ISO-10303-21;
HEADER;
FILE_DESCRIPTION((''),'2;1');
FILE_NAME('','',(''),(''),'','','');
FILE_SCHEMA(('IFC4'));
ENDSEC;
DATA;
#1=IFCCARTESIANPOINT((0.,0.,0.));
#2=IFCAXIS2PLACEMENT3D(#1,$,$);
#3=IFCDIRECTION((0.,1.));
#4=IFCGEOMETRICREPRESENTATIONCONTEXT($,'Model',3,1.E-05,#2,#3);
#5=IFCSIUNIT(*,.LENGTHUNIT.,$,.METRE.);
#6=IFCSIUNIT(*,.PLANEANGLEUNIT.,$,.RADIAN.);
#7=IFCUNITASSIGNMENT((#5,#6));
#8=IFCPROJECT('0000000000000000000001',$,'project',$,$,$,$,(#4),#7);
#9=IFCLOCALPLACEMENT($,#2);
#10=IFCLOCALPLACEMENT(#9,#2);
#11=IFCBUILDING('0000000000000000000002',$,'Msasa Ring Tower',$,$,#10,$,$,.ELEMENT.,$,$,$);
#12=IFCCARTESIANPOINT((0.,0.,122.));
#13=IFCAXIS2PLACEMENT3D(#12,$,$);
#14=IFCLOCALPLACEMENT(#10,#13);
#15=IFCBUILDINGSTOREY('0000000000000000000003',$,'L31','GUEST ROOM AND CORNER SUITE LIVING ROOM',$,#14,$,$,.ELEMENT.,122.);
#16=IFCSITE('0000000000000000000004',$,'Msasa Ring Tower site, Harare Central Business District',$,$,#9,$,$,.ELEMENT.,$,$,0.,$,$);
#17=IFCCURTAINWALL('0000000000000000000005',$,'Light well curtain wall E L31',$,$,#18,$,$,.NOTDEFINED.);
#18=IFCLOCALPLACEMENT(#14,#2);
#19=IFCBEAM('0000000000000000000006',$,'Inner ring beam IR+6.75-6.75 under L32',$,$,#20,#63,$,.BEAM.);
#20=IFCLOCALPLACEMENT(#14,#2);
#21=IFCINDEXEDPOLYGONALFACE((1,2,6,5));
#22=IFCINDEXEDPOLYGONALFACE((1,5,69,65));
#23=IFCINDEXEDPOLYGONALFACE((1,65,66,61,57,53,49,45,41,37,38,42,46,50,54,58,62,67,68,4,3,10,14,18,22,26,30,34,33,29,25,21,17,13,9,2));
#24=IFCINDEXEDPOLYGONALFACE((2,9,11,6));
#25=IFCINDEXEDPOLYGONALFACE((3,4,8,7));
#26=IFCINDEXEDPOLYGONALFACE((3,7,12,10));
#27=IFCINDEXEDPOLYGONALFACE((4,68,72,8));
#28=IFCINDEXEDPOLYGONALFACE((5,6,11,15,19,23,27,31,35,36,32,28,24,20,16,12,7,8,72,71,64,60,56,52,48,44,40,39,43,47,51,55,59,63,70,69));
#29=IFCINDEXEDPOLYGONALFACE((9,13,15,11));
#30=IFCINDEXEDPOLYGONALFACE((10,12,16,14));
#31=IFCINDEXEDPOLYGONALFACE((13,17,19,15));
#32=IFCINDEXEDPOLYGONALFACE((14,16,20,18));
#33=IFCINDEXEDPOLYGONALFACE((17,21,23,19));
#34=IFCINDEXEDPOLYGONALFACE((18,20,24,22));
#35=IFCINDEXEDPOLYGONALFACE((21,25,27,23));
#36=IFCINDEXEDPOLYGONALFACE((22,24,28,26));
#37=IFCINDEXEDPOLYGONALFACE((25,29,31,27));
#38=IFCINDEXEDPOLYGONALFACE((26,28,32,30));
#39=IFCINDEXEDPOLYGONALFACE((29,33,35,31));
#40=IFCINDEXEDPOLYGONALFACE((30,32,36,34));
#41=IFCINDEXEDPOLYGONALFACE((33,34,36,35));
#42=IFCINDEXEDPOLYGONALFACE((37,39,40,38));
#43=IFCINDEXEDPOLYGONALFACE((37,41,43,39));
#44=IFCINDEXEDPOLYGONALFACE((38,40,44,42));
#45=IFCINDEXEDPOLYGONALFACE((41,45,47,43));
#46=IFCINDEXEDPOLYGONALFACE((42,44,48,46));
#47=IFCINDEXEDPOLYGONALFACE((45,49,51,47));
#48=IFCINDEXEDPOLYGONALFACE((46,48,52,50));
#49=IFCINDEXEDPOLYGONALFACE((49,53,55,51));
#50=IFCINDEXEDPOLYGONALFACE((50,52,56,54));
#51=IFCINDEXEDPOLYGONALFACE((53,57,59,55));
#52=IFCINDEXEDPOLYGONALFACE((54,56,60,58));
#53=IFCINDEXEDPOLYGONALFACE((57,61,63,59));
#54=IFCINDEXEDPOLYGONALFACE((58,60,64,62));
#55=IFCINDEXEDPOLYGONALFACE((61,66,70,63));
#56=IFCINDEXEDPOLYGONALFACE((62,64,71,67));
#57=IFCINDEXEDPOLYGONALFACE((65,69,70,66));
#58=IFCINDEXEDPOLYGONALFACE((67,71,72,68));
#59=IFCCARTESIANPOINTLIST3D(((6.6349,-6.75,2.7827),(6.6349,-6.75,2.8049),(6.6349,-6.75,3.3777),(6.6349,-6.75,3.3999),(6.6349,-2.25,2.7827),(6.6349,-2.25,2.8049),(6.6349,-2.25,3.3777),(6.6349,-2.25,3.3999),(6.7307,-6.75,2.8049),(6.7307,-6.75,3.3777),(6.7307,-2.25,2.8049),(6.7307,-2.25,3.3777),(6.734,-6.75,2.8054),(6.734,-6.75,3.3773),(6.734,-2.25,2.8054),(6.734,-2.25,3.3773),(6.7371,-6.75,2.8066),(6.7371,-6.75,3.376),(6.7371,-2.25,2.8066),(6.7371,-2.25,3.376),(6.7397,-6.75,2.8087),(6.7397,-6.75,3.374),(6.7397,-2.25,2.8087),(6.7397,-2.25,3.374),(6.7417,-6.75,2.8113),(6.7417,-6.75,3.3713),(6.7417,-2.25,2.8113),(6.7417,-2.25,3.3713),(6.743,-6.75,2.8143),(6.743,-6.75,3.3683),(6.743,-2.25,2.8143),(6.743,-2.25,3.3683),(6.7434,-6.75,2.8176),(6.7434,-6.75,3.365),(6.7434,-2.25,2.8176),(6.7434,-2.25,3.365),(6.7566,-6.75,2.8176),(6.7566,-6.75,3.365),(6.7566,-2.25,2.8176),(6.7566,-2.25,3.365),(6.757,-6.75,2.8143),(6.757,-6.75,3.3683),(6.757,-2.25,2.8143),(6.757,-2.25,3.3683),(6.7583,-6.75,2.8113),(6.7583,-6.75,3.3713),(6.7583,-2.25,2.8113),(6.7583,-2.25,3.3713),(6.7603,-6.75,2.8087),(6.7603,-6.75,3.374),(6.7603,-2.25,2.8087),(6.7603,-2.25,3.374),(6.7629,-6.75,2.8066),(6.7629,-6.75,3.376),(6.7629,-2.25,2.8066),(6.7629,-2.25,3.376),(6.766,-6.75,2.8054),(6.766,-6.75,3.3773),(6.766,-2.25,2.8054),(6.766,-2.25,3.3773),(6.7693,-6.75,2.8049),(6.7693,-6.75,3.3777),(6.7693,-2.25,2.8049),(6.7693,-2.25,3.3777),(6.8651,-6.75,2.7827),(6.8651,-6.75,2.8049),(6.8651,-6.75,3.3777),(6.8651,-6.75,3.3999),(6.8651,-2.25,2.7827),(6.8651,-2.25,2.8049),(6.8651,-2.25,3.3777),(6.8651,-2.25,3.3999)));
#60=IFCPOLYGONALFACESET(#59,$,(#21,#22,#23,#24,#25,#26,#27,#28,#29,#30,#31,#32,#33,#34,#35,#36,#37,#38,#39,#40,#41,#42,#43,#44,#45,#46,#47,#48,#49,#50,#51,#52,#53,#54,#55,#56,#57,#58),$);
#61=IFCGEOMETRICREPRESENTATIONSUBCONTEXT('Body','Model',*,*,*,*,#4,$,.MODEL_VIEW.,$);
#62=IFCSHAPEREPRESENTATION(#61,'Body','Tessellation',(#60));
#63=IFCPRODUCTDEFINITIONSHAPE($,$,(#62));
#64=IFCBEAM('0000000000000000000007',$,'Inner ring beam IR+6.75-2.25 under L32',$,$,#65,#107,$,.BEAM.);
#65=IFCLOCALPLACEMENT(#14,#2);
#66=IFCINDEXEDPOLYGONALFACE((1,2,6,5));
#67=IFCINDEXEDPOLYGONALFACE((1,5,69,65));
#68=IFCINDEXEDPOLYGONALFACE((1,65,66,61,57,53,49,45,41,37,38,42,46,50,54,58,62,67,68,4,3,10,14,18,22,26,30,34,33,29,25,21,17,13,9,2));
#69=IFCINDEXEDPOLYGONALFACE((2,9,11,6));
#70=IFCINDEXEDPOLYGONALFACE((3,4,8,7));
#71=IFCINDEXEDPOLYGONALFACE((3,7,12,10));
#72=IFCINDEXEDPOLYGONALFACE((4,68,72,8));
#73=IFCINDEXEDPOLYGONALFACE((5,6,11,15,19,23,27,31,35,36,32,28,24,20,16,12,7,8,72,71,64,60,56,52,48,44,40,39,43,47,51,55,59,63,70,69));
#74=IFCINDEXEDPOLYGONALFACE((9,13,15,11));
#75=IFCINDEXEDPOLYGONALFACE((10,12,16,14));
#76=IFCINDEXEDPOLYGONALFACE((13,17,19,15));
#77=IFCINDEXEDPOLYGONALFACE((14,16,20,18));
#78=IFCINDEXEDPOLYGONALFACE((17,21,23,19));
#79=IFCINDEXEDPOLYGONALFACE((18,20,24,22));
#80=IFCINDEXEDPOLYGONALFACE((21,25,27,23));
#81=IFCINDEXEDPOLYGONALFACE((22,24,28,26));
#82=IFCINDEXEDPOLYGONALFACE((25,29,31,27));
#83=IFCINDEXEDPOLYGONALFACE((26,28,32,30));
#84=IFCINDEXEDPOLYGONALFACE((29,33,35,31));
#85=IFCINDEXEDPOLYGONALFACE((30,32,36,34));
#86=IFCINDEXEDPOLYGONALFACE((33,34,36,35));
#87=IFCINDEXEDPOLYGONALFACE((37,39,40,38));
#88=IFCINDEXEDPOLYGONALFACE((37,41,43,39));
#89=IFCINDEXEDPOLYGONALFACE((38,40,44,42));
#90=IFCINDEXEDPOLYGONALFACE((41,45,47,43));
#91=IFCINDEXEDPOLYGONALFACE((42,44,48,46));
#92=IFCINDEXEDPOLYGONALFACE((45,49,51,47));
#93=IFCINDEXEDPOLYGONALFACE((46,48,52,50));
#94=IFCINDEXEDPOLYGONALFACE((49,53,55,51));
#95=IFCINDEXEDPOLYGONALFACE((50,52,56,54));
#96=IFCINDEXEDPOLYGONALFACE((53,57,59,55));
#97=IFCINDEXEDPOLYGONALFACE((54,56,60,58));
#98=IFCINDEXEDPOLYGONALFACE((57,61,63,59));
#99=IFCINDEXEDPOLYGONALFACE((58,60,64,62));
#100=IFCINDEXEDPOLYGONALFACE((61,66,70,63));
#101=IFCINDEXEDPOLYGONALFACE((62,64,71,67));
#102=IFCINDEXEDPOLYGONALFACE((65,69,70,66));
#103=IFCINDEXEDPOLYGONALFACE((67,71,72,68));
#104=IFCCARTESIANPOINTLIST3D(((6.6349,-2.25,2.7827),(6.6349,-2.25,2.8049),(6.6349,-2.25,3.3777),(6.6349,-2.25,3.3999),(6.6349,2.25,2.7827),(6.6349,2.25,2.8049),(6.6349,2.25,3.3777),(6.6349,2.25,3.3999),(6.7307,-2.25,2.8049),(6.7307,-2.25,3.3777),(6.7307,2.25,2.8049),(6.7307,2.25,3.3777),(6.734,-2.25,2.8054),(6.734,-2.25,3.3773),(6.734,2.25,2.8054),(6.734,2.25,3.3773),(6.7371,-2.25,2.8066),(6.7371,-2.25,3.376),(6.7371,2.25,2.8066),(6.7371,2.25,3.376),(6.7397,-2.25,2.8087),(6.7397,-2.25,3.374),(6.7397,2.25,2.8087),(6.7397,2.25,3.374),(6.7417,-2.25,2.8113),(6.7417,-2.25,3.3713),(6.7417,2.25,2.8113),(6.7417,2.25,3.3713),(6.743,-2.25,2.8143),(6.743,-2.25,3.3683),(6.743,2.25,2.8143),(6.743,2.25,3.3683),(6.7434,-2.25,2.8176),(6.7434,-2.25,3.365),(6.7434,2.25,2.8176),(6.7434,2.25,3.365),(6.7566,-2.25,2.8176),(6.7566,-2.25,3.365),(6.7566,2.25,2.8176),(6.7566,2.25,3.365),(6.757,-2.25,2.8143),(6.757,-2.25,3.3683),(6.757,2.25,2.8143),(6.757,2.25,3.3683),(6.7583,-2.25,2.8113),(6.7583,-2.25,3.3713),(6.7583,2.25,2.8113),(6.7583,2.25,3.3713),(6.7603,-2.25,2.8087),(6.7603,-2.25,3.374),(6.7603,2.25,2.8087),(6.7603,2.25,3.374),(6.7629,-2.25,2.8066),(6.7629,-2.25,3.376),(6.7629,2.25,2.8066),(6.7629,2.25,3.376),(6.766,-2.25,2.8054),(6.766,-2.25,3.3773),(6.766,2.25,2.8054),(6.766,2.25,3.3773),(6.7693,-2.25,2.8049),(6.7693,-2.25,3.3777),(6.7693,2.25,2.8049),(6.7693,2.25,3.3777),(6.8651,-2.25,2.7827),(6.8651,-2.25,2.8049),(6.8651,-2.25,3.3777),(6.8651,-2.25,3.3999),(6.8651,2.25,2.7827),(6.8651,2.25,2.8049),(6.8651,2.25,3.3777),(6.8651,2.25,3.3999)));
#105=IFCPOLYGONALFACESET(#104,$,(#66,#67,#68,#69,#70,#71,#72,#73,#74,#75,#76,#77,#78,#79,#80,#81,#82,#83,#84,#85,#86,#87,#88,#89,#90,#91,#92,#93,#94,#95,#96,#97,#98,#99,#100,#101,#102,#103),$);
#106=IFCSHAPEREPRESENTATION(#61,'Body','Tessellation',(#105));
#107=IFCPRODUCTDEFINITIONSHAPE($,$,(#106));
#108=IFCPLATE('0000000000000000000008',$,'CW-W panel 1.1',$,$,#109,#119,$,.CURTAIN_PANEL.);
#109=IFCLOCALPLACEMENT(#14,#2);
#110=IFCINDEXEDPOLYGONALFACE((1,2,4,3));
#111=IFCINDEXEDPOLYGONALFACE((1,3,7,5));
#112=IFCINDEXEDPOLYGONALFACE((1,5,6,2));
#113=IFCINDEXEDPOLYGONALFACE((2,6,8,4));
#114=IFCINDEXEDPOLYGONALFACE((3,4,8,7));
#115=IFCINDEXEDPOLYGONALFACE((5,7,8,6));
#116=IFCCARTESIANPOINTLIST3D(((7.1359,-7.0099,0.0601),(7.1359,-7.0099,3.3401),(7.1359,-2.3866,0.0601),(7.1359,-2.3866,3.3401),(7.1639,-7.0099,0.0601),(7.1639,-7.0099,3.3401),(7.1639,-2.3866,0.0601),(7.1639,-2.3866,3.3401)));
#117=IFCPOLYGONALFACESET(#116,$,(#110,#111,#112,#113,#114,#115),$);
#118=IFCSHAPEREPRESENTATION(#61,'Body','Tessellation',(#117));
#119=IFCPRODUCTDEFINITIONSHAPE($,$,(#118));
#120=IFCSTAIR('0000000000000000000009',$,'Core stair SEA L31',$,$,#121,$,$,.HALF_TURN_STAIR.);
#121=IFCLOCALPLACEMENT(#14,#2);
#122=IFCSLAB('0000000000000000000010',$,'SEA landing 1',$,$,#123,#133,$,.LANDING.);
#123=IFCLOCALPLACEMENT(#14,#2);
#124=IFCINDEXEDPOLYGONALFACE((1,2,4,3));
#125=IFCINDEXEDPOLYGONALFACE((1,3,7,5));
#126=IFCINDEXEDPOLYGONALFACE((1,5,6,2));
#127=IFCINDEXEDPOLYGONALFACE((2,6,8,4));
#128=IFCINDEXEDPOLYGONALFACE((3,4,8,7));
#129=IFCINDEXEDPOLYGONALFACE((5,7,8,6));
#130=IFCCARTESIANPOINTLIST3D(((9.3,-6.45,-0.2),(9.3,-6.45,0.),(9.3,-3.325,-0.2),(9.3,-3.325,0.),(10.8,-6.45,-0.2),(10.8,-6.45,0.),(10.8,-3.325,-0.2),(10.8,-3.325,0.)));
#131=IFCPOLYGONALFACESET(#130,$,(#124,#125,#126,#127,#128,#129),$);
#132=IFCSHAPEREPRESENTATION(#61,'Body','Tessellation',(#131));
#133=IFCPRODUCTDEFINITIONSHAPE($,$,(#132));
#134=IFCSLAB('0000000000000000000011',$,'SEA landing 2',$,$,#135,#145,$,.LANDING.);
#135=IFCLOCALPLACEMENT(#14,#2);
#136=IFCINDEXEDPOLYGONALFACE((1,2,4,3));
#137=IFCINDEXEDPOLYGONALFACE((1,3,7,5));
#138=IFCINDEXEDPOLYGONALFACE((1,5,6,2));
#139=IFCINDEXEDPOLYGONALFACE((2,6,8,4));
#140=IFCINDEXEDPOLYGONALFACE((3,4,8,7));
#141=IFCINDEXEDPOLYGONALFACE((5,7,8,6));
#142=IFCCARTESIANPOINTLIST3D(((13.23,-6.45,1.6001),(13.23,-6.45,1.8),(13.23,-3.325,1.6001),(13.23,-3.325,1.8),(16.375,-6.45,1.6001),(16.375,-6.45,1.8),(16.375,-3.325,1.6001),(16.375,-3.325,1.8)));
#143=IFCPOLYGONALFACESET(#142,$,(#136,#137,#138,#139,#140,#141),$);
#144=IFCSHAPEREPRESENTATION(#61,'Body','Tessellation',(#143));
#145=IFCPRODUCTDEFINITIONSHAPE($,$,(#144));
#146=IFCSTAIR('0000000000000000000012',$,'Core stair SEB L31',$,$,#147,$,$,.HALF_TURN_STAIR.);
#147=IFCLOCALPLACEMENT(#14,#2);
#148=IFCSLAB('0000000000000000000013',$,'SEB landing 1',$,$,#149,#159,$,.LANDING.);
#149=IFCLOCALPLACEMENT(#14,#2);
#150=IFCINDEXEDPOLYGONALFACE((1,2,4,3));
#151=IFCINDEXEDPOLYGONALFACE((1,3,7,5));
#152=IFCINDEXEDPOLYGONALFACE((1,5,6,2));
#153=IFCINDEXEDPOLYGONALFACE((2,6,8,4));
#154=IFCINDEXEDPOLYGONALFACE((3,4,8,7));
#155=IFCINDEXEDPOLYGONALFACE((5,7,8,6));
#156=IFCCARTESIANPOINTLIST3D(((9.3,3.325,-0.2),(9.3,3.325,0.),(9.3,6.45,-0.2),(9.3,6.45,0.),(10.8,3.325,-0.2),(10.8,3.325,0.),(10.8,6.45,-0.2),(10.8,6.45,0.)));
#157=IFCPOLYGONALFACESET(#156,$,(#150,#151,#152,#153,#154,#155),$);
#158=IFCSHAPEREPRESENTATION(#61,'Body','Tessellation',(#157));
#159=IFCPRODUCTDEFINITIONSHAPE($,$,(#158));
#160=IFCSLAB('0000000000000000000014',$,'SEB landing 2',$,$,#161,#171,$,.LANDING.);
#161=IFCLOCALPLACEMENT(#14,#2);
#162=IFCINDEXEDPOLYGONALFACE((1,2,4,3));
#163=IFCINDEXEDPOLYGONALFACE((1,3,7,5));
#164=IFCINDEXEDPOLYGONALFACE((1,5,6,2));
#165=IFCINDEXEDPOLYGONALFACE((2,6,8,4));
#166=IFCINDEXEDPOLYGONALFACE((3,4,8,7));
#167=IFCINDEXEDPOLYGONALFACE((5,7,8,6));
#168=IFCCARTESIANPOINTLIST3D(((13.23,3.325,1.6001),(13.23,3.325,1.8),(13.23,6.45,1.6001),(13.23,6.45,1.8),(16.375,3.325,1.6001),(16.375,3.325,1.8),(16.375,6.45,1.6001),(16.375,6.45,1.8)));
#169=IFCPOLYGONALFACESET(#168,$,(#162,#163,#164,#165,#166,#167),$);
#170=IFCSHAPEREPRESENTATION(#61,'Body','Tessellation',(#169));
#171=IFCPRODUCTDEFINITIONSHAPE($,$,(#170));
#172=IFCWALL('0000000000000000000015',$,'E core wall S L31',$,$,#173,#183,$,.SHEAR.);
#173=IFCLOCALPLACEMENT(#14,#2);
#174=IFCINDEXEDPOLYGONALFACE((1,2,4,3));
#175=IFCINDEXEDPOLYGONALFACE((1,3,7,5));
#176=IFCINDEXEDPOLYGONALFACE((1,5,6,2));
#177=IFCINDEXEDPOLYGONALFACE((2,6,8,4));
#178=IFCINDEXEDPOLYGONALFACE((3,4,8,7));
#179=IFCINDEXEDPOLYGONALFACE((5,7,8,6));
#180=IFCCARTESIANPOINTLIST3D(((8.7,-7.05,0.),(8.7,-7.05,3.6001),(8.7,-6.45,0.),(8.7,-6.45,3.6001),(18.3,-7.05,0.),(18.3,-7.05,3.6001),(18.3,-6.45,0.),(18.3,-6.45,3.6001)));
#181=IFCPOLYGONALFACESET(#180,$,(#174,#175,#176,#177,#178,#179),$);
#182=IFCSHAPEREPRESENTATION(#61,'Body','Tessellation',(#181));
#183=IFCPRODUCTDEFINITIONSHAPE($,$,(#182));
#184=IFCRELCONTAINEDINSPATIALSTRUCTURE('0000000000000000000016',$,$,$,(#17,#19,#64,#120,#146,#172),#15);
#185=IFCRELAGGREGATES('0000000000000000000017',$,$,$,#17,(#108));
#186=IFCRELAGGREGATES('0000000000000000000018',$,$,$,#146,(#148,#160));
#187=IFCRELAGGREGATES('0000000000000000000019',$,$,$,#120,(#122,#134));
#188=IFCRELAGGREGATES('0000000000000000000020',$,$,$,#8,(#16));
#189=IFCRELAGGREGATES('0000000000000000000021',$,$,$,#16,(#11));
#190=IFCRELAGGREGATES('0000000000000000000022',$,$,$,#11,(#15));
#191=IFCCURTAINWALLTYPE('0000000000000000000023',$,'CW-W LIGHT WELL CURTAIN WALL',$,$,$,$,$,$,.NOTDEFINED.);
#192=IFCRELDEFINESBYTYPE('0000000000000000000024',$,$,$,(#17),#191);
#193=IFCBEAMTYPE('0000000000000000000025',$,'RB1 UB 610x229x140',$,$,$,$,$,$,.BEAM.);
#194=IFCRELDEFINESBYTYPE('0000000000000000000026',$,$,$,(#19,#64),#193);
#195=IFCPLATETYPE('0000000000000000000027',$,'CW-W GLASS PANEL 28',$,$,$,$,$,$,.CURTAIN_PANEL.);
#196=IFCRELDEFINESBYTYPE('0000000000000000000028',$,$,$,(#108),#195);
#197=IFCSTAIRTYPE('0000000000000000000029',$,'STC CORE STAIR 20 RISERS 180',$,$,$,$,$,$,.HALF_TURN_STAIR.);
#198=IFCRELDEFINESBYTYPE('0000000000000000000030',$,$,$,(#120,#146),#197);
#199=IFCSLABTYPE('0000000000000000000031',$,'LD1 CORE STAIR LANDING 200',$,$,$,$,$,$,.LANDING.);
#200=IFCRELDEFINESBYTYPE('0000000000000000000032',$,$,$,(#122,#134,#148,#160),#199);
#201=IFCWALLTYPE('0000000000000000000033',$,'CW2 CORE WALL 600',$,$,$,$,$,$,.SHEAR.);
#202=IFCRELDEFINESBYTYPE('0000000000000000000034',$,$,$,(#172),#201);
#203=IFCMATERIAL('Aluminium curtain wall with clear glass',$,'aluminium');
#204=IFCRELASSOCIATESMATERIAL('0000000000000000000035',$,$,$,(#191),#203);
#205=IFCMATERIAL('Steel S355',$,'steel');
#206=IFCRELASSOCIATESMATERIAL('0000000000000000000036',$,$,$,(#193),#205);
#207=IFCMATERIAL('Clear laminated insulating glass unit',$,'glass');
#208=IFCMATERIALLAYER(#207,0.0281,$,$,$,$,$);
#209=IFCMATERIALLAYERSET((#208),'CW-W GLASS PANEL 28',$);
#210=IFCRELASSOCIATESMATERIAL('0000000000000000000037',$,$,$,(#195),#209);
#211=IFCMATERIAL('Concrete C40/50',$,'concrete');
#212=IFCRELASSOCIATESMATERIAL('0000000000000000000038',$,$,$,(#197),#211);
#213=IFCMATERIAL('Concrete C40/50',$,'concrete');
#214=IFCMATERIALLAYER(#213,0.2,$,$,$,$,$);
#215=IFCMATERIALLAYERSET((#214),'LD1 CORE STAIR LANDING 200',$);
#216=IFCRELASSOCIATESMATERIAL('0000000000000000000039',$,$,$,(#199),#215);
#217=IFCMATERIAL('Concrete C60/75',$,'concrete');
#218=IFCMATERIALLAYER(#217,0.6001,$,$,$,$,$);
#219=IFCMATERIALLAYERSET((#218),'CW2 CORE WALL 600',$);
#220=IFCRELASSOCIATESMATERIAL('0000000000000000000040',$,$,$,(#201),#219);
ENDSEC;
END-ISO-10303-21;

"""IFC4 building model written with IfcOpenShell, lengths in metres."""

from ifc_helpers import new_model, si_unit, direction, frame, frame_2d, origin, origin_2d, place, context, subcontext, project, spatial, polyline, rectangle, i_section, outline, extrude, material, layer, layer_set, material_profile, profile_set, type_object, element, aggregate, save


model = new_model("IFC4")

# Units and contexts
model_context = context("Model", 3, precision=1e-05, world=origin(), true_north=direction((0.0, 1.0)))
body_context = subcontext(model_context, "Body", "Model", "MODEL_VIEW")
ifc_project = project(units=[si_unit("LENGTHUNIT", "METRE"), si_unit("PLANEANGLEUNIT", "RADIAN")], contexts=[model_context])

# Site, building, storey
site_placement = place(None, origin())
site = spatial("IfcSite", under=ifc_project, at=site_placement, Name="Msasa Ring Tower site, Harare Central Business District", CompositionType="ELEMENT", RefElevation=0.0)
building_placement = place(site_placement, origin())
building = spatial("IfcBuilding", under=site, at=building_placement, Name="Msasa Ring Tower", CompositionType="ELEMENT")
storey_placement = place(building_placement, frame((0.0, 0.0, 122.0)))
storey = spatial("IfcBuildingStorey", under=building, at=storey_placement, Name="L31", Description="GUEST ROOM AND CORNER SUITE LIVING ROOM", CompositionType="ELEMENT", Elevation=122.0)

# Shared definitions
ifc_material_1 = material(Name="Aluminium curtain wall with clear glass", Category="aluminium")
curtain_wall_type = type_object("IfcCurtainWallType", Name="CW-W LIGHT WELL CURTAIN WALL", PredefinedType="NOTDEFINED", material=ifc_material_1)

# Curtain wall
curtain_wall_1_placement = place(storey_placement, origin())
curtain_wall_1 = element("IfcCurtainWall", 1, at=curtain_wall_1_placement, inside=storey, type_object=curtain_wall_type, Name="Light well curtain wall E L31", PredefinedType="NOTDEFINED")

# Beams
ifc_material_2 = material(Name="Steel S355", Category="steel")
ifc_material_profile_1 = material_profile(ifc_material_2, i_section(OverallWidth=0.2302, OverallDepth=0.6172, WebThickness=0.0132, FlangeThickness=0.0222, FilletRadius=0.0127, at=origin_2d()), Name="UB 610x229x140")
ifc_profile_set_1 = profile_set([ifc_material_profile_1], Name="Steel S355")
beam_type = type_object("IfcBeamType", Name="RB1 UB 610x229x140", PredefinedType="BEAM", material=ifc_profile_set_1)
for number, where, z_axis, x_axis, name in (
    (2, (6.75, -6.75, 3.0913), (0.0, 1.0, 0.0), (-1.0, 0.0, 0.0), "Inner ring beam IR+6.75-6.75 under L32"),
    (3, (6.75, -2.25, 3.0913), (0.0, 1.0, 0.0), (-1.0, 0.0, 0.0), "Inner ring beam IR+6.75-2.25 under L32"),
):
    element("IfcBeam", number, at=place(storey_placement, frame(where, z_axis=z_axis, x_axis=x_axis)), inside=storey, type_object=beam_type, Name=name, PredefinedType="BEAM", context=body_context, shape_type="SweptSolid", body=[
        extrude(i_section(OverallWidth=0.2302, OverallDepth=0.6172, WebThickness=0.0132, FlangeThickness=0.0222, FilletRadius=0.0127, at=origin_2d()), origin(), (0.0, 0.0, 1.0), 4.5),
    ])

# Plate
ifc_material_3 = material(Name="Clear laminated insulating glass unit", Category="glass")
ifc_layer_1 = layer(ifc_material_3, 0.0281)
ifc_layer_set_1 = layer_set([ifc_layer_1], Name="CW-W GLASS PANEL 28")
plate_type = type_object("IfcPlateType", Name="CW-W GLASS PANEL 28", PredefinedType="CURTAIN_PANEL", material=ifc_layer_set_1)
plate_placement = place(storey_placement, frame((7.1499, -4.6982, 0.0601), z_axis=(0.0, 0.0, 1.0), x_axis=(0.0, 1.0, 0.0)))
plate = element("IfcPlate", 4, at=plate_placement, type_object=plate_type, Name="CW-W panel 1.1", PredefinedType="CURTAIN_PANEL", context=body_context, shape_type="SweptSolid", body=[
    extrude(rectangle(XDim=4.6233, YDim=0.0281, at=origin_2d()), origin(), (0.0, 0.0, 1.0), 3.28),
])
aggregate(curtain_wall_1, [plate])

# Stairs, slabs
ifc_material_4 = material(Name="Concrete C40/50", Category="concrete")
stair_type = type_object("IfcStairType", Name="STC CORE STAIR 20 RISERS 180", PredefinedType="HALF_TURN_STAIR", material=ifc_material_4)
stair_1_placement = place(storey_placement, origin())
stair_1 = element("IfcStair", 5, at=stair_1_placement, inside=storey, type_object=stair_type, Name="Core stair SEA L31", PredefinedType="HALF_TURN_STAIR")
ifc_material_5 = material(Name="Concrete C40/50", Category="concrete")
ifc_layer_2 = layer(ifc_material_5, 0.2)
ifc_layer_set_2 = layer_set([ifc_layer_2], Name="LD1 CORE STAIR LANDING 200")
slab_type = type_object("IfcSlabType", Name="LD1 CORE STAIR LANDING 200", PredefinedType="LANDING", material=ifc_layer_set_2)
slab_1_placement = place(storey_placement, frame((0.0, 0.0, -0.2)))
slab_1 = element("IfcSlab", 6, at=slab_1_placement, type_object=slab_type, Name="SEA landing 1", PredefinedType="LANDING", context=body_context, shape_type="SweptSolid", body=[
    extrude(outline(polyline([(9.3, -6.45), (10.8, -6.45), (10.8, -3.325), (9.3, -3.325), (9.3, -6.45)])), origin(), (0.0, 0.0, 1.0), 0.2),
])
slab_2_placement = place(storey_placement, frame((0.0, 0.0, 1.6001)))
slab_2 = element("IfcSlab", 7, at=slab_2_placement, type_object=slab_type, Name="SEA landing 2", PredefinedType="LANDING", context=body_context, shape_type="SweptSolid", body=[
    extrude(outline(polyline([(13.23, -6.45), (16.375, -6.45), (16.375, -3.325), (13.23, -3.325), (13.23, -6.45)])), origin(), (0.0, 0.0, 1.0), 0.2),
])
stair_2_placement = place(storey_placement, origin())
stair_2 = element("IfcStair", 8, at=stair_2_placement, inside=storey, type_object=stair_type, Name="Core stair SEB L31", PredefinedType="HALF_TURN_STAIR")
slab_3_placement = place(storey_placement, frame((0.0, 0.0, -0.2)))
slab_3 = element("IfcSlab", 9, at=slab_3_placement, type_object=slab_type, Name="SEB landing 1", PredefinedType="LANDING", context=body_context, shape_type="SweptSolid", body=[
    extrude(outline(polyline([(9.3, 3.325), (10.8, 3.325), (10.8, 6.45), (9.3, 6.45), (9.3, 3.325)])), origin(), (0.0, 0.0, 1.0), 0.2),
])
slab_4_placement = place(storey_placement, frame((0.0, 0.0, 1.6001)))
slab_4 = element("IfcSlab", 10, at=slab_4_placement, type_object=slab_type, Name="SEB landing 2", PredefinedType="LANDING", context=body_context, shape_type="SweptSolid", body=[
    extrude(outline(polyline([(13.23, 3.325), (16.375, 3.325), (16.375, 6.45), (13.23, 6.45), (13.23, 3.325)])), origin(), (0.0, 0.0, 1.0), 0.2),
])
aggregate(stair_2, [slab_3, slab_4])

# Wall
ifc_material_6 = material(Name="Concrete C60/75", Category="concrete")
ifc_layer_3 = layer(ifc_material_6, 0.6001)
ifc_layer_set_3 = layer_set([ifc_layer_3], Name="CW2 CORE WALL 600")
wall_type_1 = type_object("IfcWallType", Name="CW2 CORE WALL 600", PredefinedType="SHEAR", material=ifc_layer_set_3)
wall_1_placement = place(storey_placement, frame((8.7, -6.75, 0.0), z_axis=(0.0, 0.0, 1.0), x_axis=(1.0, 0.0, 0.0)))
element("IfcWall", 11, at=wall_1_placement, inside=storey, type_object=wall_type_1, Name="E core wall S L31", PredefinedType="SHEAR", context=body_context, shape_type="SweptSolid", body=[
    extrude(rectangle(XDim=9.6001, YDim=0.6001, at=frame_2d((4.8, 0.0))), origin(), (0.0, 0.0, 1.0), 3.6001),
])

aggregate(stair_1, [slab_1, slab_2])

save(model, "model.ifc")
